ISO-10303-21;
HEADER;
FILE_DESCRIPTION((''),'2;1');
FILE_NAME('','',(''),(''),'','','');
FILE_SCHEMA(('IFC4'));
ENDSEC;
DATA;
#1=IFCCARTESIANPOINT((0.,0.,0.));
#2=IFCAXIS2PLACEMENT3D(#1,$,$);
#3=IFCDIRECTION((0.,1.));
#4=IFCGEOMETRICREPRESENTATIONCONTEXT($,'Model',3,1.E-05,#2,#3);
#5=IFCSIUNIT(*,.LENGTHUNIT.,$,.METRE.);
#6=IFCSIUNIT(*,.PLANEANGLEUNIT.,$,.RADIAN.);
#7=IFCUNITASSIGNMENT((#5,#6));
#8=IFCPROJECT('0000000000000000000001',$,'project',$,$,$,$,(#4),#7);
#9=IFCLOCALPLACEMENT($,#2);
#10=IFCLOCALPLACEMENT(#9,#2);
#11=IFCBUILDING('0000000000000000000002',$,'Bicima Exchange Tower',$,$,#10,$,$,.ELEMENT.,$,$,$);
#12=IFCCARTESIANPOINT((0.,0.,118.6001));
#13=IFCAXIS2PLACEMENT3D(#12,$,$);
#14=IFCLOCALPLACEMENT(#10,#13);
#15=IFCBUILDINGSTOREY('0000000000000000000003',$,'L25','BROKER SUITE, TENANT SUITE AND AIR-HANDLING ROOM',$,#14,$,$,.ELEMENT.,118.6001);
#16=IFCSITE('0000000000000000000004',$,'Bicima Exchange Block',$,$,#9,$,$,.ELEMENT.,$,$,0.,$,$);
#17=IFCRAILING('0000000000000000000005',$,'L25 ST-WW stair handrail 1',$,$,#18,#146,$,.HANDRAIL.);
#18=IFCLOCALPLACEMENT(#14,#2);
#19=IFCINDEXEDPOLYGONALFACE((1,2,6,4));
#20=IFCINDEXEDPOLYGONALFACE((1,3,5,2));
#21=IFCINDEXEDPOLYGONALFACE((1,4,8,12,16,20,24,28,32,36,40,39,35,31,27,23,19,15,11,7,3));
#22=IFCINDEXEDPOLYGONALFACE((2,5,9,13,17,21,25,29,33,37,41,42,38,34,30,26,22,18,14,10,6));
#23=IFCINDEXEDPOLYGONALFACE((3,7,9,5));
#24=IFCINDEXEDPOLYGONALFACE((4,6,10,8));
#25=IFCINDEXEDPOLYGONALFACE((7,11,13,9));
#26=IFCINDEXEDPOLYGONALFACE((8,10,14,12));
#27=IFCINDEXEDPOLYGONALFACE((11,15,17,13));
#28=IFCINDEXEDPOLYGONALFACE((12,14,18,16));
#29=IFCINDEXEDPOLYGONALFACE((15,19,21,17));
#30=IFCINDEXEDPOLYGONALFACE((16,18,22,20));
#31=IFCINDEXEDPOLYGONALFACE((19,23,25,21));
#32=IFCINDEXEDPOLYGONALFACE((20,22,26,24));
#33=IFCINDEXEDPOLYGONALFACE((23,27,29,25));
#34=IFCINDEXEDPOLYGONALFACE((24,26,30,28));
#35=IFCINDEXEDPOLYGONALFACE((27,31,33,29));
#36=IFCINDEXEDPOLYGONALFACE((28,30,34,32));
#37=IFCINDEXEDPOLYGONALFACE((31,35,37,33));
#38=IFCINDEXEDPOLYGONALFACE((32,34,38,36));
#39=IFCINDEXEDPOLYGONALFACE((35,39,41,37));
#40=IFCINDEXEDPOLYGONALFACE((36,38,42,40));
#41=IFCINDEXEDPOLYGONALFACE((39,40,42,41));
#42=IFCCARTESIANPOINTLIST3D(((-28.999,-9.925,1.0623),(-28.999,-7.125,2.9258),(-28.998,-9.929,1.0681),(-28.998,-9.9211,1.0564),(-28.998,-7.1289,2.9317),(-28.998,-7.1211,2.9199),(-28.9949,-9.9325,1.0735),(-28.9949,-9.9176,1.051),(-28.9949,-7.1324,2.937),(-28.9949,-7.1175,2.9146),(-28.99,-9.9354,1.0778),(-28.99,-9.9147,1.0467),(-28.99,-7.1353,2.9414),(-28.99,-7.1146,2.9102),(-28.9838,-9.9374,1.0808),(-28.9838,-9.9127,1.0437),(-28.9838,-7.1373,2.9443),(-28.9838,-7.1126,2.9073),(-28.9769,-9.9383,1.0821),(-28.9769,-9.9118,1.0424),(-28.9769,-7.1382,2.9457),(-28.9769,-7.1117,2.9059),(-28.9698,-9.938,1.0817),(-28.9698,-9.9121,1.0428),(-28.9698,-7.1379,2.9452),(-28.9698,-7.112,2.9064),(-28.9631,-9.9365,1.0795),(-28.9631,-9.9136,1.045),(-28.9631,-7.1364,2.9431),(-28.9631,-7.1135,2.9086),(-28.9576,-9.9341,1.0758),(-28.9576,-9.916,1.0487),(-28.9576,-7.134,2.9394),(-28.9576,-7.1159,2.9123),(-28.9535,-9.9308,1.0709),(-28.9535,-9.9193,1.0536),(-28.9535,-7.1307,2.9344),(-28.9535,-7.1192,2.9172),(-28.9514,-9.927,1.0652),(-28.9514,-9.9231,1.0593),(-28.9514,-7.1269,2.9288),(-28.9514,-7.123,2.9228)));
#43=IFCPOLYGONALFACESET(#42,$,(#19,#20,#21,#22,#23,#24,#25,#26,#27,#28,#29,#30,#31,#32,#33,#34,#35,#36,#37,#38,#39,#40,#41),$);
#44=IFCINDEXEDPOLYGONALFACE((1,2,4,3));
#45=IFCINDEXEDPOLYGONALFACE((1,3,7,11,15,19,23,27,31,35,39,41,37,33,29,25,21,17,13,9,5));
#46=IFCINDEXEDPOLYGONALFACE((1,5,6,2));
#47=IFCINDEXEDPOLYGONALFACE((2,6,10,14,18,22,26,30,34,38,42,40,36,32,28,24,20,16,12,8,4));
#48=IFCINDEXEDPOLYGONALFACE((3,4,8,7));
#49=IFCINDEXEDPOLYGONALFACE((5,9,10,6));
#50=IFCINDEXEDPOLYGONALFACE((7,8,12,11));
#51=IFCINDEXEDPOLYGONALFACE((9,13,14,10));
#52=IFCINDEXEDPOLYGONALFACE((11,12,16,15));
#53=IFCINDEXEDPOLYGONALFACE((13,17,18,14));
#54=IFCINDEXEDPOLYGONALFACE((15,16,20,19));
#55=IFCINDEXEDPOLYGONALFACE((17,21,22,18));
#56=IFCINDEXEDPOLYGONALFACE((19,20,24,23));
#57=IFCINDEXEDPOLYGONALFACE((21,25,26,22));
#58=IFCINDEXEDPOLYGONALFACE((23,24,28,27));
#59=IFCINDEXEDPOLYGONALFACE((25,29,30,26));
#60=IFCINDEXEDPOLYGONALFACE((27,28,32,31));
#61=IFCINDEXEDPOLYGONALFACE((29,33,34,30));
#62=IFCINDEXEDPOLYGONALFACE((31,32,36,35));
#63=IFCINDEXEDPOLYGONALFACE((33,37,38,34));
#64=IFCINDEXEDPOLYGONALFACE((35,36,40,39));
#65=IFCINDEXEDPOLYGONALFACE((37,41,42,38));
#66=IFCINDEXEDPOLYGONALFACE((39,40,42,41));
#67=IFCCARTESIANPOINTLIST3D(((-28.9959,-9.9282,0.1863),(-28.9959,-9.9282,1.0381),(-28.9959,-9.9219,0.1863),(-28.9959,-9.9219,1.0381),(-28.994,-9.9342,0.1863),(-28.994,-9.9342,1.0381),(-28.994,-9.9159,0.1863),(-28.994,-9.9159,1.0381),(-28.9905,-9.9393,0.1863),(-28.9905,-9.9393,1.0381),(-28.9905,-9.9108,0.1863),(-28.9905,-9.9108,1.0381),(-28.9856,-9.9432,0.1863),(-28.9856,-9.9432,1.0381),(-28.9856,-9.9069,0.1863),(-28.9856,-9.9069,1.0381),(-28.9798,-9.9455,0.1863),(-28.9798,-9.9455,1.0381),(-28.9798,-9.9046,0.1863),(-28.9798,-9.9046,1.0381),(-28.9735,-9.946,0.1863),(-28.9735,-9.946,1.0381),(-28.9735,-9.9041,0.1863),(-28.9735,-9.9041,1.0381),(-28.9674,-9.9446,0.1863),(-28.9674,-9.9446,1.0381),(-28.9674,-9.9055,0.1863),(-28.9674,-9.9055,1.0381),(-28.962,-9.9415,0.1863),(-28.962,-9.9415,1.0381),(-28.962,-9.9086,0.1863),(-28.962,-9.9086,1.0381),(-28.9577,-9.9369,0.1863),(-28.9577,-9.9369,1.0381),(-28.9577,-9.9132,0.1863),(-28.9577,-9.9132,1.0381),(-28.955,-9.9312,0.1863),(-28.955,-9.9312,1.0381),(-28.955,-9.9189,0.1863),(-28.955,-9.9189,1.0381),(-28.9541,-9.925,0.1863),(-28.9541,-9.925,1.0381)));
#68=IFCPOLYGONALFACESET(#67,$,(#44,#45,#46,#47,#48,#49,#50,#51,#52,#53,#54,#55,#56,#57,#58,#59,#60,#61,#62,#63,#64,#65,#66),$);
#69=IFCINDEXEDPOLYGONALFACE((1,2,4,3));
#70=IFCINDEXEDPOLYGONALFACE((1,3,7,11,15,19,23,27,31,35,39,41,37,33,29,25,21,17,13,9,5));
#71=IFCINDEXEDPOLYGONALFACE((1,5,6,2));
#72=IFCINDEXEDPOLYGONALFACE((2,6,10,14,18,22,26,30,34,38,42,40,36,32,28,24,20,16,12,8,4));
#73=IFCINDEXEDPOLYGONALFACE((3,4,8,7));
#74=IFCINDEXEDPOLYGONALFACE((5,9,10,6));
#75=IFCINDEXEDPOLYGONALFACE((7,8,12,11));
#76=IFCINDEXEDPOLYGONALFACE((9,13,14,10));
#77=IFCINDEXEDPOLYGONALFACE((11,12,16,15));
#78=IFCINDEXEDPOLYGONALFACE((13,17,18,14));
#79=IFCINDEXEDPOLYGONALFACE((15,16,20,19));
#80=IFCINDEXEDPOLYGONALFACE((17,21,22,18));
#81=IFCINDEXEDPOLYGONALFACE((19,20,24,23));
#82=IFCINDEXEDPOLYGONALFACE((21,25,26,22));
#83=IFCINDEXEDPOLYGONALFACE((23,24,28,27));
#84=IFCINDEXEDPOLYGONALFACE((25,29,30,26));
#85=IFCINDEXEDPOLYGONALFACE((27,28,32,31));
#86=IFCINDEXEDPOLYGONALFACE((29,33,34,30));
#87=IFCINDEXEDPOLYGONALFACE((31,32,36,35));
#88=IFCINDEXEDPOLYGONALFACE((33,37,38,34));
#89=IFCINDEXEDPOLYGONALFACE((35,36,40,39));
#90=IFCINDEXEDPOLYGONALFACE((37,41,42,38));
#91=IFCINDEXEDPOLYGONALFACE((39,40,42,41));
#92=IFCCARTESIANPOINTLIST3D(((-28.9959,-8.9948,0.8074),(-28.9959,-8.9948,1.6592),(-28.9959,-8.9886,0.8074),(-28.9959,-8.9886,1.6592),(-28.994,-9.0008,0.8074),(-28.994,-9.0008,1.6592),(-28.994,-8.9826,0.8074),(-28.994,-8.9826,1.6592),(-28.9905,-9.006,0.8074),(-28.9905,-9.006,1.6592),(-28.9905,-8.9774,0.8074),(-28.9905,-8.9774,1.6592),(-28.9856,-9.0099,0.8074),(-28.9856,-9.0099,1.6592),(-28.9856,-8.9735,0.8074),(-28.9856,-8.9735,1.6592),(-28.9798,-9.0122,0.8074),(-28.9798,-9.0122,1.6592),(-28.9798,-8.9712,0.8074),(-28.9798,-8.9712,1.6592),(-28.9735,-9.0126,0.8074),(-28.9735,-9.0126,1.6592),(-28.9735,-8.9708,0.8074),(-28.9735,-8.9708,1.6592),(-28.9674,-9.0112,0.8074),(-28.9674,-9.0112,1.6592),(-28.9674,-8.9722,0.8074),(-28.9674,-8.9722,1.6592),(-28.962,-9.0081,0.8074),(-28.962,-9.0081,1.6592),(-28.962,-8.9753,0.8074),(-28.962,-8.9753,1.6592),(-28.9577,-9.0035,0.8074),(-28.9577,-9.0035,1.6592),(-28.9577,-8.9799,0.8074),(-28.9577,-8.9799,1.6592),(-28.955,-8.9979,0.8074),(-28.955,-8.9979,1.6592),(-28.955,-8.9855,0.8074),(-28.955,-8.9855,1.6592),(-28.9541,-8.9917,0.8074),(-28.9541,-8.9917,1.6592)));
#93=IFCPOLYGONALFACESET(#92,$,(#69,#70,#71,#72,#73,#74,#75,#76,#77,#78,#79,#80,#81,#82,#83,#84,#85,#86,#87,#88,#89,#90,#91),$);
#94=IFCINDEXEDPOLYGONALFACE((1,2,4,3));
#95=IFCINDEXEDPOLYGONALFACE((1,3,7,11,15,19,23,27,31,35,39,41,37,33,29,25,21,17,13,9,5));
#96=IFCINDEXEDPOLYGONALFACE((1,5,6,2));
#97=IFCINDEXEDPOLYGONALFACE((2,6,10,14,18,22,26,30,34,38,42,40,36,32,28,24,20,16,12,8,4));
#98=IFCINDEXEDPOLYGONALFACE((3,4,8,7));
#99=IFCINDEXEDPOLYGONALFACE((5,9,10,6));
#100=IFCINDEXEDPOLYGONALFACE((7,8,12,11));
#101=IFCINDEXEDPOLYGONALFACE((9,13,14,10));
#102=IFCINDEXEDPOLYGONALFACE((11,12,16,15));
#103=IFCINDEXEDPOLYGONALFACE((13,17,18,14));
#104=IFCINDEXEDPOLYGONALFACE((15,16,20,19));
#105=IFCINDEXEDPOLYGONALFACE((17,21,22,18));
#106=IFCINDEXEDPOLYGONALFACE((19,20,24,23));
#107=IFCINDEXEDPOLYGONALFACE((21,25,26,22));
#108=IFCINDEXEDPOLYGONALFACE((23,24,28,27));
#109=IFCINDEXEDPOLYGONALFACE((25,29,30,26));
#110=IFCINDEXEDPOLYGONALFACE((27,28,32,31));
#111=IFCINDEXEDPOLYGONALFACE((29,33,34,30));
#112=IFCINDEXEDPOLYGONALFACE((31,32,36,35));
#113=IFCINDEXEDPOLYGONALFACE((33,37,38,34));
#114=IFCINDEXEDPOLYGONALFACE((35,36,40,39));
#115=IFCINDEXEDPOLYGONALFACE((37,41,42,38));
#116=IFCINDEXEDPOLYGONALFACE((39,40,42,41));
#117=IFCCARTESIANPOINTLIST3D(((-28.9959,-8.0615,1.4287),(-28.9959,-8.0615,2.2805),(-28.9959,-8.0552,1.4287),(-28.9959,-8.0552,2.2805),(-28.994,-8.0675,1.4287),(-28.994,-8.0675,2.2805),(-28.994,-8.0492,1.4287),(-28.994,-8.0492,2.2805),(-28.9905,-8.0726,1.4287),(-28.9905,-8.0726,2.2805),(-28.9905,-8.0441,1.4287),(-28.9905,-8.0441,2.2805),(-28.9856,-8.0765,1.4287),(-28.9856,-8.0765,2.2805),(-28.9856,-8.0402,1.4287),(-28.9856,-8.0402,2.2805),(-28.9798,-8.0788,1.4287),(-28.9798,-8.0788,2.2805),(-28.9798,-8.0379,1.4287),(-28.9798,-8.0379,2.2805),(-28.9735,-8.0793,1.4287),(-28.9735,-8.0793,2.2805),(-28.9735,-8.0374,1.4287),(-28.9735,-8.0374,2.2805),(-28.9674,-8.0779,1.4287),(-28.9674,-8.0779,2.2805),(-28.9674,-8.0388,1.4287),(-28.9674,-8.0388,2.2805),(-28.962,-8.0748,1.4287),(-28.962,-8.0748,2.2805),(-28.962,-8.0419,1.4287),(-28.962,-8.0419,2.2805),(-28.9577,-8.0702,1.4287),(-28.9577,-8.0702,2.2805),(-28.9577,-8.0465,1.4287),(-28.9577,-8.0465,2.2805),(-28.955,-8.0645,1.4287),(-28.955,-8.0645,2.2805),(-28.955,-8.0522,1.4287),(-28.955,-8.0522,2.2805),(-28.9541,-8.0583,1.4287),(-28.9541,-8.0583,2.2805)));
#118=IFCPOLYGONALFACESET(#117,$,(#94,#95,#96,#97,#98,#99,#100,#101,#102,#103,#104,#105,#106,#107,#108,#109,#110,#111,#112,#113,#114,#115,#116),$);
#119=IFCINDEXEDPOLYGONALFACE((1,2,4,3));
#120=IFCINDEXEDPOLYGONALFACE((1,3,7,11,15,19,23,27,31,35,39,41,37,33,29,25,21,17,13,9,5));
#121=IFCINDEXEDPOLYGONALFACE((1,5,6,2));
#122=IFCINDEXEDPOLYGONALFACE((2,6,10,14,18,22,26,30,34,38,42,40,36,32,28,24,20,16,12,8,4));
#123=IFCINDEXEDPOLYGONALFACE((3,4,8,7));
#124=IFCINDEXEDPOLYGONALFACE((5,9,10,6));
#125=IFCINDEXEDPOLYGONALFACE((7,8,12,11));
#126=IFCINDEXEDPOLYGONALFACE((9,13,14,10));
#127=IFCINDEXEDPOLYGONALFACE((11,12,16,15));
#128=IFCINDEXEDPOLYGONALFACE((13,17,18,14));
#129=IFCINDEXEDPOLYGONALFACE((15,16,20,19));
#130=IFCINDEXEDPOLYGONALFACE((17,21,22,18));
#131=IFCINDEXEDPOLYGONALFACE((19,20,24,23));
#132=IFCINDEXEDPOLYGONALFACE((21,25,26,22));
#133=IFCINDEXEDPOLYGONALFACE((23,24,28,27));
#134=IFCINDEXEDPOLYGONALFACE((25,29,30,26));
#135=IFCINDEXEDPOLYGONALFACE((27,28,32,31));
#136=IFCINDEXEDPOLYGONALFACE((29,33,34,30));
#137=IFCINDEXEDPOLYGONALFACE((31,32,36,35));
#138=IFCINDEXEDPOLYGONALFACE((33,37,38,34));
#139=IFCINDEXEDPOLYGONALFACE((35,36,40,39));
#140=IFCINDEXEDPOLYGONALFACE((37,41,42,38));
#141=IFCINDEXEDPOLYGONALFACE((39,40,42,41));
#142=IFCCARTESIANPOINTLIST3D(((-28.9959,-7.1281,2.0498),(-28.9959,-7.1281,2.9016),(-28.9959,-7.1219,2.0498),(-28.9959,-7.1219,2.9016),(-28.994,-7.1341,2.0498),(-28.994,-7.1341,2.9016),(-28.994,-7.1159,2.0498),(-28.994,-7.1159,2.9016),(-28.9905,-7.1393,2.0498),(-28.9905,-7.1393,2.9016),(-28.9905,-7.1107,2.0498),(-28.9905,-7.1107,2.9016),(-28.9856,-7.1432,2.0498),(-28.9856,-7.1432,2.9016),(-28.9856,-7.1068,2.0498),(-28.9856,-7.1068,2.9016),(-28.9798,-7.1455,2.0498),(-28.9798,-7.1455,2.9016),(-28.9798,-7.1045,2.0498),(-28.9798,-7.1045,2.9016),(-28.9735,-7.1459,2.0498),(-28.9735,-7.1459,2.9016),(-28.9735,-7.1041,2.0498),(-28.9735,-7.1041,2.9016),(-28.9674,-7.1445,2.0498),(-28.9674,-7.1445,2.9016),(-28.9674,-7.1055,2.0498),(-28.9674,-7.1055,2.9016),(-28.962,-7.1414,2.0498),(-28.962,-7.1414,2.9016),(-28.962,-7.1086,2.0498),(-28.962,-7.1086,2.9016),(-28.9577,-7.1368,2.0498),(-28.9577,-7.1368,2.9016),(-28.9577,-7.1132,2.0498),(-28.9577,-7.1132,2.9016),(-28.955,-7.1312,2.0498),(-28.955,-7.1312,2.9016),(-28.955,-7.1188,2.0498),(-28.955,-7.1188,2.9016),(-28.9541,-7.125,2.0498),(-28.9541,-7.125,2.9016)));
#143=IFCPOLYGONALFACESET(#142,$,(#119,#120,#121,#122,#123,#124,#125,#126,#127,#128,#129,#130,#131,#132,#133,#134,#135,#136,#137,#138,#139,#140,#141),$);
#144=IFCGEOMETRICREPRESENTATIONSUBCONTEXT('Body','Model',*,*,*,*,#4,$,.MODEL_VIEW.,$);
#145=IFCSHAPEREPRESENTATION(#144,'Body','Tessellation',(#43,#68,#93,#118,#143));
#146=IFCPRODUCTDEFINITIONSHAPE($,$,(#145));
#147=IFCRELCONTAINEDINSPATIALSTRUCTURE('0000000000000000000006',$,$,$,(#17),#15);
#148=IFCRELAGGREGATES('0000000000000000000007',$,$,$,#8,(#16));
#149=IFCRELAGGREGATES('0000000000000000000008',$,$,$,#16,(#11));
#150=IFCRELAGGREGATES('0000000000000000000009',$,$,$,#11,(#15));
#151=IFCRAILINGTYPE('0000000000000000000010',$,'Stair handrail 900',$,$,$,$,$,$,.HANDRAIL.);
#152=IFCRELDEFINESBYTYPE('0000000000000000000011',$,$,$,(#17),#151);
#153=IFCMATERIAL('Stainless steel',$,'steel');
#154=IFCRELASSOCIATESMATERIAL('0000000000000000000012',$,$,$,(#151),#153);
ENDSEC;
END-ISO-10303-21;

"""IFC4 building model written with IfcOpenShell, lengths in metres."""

from ifc_helpers import new_model, si_unit, direction, frame, origin, origin_2d, place, context, subcontext, project, spatial, circle, extrude, material, type_object, element, save


model = new_model("IFC4")

# Units and contexts
model_context = context("Model", 3, precision=1e-05, world=origin(), true_north=direction((0.0, 1.0)))
body_context = subcontext(model_context, "Body", "Model", "MODEL_VIEW")
ifc_project = project(units=[si_unit("LENGTHUNIT", "METRE"), si_unit("PLANEANGLEUNIT", "RADIAN")], contexts=[model_context])

# Site, building, storey
site_placement = place(None, origin())
site = spatial("IfcSite", under=ifc_project, at=site_placement, Name="Bicima Exchange Block", CompositionType="ELEMENT", RefElevation=0.0)
building_placement = place(site_placement, origin())
building = spatial("IfcBuilding", under=site, at=building_placement, Name="Bicima Exchange Tower", CompositionType="ELEMENT")
storey_placement = place(building_placement, frame((0.0, 0.0, 118.6001)))
storey = spatial("IfcBuildingStorey", under=building, at=storey_placement, Name="L25", Description="BROKER SUITE, TENANT SUITE AND AIR-HANDLING ROOM", CompositionType="ELEMENT", Elevation=118.6001)

# Railing
ifc_material_1 = material(Name="Stainless steel", Category="steel")
railing_type_1 = type_object("IfcRailingType", Name="Stair handrail 900", PredefinedType="HANDRAIL", material=ifc_material_1)
railing_1_placement = place(storey_placement, frame((-28.9751, -9.925, 0.1863)))
element("IfcRailing", 1, at=railing_1_placement, inside=storey, type_object=railing_type_1, Name="L25 ST-WW stair handrail 1", PredefinedType="HANDRAIL", context=body_context, shape_type="SweptSolid", body=[
    extrude(circle(Radius=0.0239, at=origin_2d()), frame((0.0, 0.0, 0.876), z_axis=(0.0, 0.832486, 0.554047), x_axis=(-1.0, 0.0, 0.0)), (0.0, 0.0, 1.0), 3.3635),
    extrude(circle(Radius=0.021, at=origin_2d()), origin(), (0.0, 0.0, 1.0), 0.8518),
    extrude(circle(Radius=0.021, at=origin_2d()), frame((0.0, 0.9333, 0.6211)), (0.0, 0.0, 1.0), 0.8518),
    extrude(circle(Radius=0.021, at=origin_2d()), frame((0.0, 1.8667, 1.2424)), (0.0, 0.0, 1.0), 0.8518),
    extrude(circle(Radius=0.021, at=origin_2d()), frame((0.0, 2.8, 1.8635)), (0.0, 0.0, 1.0), 0.8518),
])

save(model, "model.ifc")
